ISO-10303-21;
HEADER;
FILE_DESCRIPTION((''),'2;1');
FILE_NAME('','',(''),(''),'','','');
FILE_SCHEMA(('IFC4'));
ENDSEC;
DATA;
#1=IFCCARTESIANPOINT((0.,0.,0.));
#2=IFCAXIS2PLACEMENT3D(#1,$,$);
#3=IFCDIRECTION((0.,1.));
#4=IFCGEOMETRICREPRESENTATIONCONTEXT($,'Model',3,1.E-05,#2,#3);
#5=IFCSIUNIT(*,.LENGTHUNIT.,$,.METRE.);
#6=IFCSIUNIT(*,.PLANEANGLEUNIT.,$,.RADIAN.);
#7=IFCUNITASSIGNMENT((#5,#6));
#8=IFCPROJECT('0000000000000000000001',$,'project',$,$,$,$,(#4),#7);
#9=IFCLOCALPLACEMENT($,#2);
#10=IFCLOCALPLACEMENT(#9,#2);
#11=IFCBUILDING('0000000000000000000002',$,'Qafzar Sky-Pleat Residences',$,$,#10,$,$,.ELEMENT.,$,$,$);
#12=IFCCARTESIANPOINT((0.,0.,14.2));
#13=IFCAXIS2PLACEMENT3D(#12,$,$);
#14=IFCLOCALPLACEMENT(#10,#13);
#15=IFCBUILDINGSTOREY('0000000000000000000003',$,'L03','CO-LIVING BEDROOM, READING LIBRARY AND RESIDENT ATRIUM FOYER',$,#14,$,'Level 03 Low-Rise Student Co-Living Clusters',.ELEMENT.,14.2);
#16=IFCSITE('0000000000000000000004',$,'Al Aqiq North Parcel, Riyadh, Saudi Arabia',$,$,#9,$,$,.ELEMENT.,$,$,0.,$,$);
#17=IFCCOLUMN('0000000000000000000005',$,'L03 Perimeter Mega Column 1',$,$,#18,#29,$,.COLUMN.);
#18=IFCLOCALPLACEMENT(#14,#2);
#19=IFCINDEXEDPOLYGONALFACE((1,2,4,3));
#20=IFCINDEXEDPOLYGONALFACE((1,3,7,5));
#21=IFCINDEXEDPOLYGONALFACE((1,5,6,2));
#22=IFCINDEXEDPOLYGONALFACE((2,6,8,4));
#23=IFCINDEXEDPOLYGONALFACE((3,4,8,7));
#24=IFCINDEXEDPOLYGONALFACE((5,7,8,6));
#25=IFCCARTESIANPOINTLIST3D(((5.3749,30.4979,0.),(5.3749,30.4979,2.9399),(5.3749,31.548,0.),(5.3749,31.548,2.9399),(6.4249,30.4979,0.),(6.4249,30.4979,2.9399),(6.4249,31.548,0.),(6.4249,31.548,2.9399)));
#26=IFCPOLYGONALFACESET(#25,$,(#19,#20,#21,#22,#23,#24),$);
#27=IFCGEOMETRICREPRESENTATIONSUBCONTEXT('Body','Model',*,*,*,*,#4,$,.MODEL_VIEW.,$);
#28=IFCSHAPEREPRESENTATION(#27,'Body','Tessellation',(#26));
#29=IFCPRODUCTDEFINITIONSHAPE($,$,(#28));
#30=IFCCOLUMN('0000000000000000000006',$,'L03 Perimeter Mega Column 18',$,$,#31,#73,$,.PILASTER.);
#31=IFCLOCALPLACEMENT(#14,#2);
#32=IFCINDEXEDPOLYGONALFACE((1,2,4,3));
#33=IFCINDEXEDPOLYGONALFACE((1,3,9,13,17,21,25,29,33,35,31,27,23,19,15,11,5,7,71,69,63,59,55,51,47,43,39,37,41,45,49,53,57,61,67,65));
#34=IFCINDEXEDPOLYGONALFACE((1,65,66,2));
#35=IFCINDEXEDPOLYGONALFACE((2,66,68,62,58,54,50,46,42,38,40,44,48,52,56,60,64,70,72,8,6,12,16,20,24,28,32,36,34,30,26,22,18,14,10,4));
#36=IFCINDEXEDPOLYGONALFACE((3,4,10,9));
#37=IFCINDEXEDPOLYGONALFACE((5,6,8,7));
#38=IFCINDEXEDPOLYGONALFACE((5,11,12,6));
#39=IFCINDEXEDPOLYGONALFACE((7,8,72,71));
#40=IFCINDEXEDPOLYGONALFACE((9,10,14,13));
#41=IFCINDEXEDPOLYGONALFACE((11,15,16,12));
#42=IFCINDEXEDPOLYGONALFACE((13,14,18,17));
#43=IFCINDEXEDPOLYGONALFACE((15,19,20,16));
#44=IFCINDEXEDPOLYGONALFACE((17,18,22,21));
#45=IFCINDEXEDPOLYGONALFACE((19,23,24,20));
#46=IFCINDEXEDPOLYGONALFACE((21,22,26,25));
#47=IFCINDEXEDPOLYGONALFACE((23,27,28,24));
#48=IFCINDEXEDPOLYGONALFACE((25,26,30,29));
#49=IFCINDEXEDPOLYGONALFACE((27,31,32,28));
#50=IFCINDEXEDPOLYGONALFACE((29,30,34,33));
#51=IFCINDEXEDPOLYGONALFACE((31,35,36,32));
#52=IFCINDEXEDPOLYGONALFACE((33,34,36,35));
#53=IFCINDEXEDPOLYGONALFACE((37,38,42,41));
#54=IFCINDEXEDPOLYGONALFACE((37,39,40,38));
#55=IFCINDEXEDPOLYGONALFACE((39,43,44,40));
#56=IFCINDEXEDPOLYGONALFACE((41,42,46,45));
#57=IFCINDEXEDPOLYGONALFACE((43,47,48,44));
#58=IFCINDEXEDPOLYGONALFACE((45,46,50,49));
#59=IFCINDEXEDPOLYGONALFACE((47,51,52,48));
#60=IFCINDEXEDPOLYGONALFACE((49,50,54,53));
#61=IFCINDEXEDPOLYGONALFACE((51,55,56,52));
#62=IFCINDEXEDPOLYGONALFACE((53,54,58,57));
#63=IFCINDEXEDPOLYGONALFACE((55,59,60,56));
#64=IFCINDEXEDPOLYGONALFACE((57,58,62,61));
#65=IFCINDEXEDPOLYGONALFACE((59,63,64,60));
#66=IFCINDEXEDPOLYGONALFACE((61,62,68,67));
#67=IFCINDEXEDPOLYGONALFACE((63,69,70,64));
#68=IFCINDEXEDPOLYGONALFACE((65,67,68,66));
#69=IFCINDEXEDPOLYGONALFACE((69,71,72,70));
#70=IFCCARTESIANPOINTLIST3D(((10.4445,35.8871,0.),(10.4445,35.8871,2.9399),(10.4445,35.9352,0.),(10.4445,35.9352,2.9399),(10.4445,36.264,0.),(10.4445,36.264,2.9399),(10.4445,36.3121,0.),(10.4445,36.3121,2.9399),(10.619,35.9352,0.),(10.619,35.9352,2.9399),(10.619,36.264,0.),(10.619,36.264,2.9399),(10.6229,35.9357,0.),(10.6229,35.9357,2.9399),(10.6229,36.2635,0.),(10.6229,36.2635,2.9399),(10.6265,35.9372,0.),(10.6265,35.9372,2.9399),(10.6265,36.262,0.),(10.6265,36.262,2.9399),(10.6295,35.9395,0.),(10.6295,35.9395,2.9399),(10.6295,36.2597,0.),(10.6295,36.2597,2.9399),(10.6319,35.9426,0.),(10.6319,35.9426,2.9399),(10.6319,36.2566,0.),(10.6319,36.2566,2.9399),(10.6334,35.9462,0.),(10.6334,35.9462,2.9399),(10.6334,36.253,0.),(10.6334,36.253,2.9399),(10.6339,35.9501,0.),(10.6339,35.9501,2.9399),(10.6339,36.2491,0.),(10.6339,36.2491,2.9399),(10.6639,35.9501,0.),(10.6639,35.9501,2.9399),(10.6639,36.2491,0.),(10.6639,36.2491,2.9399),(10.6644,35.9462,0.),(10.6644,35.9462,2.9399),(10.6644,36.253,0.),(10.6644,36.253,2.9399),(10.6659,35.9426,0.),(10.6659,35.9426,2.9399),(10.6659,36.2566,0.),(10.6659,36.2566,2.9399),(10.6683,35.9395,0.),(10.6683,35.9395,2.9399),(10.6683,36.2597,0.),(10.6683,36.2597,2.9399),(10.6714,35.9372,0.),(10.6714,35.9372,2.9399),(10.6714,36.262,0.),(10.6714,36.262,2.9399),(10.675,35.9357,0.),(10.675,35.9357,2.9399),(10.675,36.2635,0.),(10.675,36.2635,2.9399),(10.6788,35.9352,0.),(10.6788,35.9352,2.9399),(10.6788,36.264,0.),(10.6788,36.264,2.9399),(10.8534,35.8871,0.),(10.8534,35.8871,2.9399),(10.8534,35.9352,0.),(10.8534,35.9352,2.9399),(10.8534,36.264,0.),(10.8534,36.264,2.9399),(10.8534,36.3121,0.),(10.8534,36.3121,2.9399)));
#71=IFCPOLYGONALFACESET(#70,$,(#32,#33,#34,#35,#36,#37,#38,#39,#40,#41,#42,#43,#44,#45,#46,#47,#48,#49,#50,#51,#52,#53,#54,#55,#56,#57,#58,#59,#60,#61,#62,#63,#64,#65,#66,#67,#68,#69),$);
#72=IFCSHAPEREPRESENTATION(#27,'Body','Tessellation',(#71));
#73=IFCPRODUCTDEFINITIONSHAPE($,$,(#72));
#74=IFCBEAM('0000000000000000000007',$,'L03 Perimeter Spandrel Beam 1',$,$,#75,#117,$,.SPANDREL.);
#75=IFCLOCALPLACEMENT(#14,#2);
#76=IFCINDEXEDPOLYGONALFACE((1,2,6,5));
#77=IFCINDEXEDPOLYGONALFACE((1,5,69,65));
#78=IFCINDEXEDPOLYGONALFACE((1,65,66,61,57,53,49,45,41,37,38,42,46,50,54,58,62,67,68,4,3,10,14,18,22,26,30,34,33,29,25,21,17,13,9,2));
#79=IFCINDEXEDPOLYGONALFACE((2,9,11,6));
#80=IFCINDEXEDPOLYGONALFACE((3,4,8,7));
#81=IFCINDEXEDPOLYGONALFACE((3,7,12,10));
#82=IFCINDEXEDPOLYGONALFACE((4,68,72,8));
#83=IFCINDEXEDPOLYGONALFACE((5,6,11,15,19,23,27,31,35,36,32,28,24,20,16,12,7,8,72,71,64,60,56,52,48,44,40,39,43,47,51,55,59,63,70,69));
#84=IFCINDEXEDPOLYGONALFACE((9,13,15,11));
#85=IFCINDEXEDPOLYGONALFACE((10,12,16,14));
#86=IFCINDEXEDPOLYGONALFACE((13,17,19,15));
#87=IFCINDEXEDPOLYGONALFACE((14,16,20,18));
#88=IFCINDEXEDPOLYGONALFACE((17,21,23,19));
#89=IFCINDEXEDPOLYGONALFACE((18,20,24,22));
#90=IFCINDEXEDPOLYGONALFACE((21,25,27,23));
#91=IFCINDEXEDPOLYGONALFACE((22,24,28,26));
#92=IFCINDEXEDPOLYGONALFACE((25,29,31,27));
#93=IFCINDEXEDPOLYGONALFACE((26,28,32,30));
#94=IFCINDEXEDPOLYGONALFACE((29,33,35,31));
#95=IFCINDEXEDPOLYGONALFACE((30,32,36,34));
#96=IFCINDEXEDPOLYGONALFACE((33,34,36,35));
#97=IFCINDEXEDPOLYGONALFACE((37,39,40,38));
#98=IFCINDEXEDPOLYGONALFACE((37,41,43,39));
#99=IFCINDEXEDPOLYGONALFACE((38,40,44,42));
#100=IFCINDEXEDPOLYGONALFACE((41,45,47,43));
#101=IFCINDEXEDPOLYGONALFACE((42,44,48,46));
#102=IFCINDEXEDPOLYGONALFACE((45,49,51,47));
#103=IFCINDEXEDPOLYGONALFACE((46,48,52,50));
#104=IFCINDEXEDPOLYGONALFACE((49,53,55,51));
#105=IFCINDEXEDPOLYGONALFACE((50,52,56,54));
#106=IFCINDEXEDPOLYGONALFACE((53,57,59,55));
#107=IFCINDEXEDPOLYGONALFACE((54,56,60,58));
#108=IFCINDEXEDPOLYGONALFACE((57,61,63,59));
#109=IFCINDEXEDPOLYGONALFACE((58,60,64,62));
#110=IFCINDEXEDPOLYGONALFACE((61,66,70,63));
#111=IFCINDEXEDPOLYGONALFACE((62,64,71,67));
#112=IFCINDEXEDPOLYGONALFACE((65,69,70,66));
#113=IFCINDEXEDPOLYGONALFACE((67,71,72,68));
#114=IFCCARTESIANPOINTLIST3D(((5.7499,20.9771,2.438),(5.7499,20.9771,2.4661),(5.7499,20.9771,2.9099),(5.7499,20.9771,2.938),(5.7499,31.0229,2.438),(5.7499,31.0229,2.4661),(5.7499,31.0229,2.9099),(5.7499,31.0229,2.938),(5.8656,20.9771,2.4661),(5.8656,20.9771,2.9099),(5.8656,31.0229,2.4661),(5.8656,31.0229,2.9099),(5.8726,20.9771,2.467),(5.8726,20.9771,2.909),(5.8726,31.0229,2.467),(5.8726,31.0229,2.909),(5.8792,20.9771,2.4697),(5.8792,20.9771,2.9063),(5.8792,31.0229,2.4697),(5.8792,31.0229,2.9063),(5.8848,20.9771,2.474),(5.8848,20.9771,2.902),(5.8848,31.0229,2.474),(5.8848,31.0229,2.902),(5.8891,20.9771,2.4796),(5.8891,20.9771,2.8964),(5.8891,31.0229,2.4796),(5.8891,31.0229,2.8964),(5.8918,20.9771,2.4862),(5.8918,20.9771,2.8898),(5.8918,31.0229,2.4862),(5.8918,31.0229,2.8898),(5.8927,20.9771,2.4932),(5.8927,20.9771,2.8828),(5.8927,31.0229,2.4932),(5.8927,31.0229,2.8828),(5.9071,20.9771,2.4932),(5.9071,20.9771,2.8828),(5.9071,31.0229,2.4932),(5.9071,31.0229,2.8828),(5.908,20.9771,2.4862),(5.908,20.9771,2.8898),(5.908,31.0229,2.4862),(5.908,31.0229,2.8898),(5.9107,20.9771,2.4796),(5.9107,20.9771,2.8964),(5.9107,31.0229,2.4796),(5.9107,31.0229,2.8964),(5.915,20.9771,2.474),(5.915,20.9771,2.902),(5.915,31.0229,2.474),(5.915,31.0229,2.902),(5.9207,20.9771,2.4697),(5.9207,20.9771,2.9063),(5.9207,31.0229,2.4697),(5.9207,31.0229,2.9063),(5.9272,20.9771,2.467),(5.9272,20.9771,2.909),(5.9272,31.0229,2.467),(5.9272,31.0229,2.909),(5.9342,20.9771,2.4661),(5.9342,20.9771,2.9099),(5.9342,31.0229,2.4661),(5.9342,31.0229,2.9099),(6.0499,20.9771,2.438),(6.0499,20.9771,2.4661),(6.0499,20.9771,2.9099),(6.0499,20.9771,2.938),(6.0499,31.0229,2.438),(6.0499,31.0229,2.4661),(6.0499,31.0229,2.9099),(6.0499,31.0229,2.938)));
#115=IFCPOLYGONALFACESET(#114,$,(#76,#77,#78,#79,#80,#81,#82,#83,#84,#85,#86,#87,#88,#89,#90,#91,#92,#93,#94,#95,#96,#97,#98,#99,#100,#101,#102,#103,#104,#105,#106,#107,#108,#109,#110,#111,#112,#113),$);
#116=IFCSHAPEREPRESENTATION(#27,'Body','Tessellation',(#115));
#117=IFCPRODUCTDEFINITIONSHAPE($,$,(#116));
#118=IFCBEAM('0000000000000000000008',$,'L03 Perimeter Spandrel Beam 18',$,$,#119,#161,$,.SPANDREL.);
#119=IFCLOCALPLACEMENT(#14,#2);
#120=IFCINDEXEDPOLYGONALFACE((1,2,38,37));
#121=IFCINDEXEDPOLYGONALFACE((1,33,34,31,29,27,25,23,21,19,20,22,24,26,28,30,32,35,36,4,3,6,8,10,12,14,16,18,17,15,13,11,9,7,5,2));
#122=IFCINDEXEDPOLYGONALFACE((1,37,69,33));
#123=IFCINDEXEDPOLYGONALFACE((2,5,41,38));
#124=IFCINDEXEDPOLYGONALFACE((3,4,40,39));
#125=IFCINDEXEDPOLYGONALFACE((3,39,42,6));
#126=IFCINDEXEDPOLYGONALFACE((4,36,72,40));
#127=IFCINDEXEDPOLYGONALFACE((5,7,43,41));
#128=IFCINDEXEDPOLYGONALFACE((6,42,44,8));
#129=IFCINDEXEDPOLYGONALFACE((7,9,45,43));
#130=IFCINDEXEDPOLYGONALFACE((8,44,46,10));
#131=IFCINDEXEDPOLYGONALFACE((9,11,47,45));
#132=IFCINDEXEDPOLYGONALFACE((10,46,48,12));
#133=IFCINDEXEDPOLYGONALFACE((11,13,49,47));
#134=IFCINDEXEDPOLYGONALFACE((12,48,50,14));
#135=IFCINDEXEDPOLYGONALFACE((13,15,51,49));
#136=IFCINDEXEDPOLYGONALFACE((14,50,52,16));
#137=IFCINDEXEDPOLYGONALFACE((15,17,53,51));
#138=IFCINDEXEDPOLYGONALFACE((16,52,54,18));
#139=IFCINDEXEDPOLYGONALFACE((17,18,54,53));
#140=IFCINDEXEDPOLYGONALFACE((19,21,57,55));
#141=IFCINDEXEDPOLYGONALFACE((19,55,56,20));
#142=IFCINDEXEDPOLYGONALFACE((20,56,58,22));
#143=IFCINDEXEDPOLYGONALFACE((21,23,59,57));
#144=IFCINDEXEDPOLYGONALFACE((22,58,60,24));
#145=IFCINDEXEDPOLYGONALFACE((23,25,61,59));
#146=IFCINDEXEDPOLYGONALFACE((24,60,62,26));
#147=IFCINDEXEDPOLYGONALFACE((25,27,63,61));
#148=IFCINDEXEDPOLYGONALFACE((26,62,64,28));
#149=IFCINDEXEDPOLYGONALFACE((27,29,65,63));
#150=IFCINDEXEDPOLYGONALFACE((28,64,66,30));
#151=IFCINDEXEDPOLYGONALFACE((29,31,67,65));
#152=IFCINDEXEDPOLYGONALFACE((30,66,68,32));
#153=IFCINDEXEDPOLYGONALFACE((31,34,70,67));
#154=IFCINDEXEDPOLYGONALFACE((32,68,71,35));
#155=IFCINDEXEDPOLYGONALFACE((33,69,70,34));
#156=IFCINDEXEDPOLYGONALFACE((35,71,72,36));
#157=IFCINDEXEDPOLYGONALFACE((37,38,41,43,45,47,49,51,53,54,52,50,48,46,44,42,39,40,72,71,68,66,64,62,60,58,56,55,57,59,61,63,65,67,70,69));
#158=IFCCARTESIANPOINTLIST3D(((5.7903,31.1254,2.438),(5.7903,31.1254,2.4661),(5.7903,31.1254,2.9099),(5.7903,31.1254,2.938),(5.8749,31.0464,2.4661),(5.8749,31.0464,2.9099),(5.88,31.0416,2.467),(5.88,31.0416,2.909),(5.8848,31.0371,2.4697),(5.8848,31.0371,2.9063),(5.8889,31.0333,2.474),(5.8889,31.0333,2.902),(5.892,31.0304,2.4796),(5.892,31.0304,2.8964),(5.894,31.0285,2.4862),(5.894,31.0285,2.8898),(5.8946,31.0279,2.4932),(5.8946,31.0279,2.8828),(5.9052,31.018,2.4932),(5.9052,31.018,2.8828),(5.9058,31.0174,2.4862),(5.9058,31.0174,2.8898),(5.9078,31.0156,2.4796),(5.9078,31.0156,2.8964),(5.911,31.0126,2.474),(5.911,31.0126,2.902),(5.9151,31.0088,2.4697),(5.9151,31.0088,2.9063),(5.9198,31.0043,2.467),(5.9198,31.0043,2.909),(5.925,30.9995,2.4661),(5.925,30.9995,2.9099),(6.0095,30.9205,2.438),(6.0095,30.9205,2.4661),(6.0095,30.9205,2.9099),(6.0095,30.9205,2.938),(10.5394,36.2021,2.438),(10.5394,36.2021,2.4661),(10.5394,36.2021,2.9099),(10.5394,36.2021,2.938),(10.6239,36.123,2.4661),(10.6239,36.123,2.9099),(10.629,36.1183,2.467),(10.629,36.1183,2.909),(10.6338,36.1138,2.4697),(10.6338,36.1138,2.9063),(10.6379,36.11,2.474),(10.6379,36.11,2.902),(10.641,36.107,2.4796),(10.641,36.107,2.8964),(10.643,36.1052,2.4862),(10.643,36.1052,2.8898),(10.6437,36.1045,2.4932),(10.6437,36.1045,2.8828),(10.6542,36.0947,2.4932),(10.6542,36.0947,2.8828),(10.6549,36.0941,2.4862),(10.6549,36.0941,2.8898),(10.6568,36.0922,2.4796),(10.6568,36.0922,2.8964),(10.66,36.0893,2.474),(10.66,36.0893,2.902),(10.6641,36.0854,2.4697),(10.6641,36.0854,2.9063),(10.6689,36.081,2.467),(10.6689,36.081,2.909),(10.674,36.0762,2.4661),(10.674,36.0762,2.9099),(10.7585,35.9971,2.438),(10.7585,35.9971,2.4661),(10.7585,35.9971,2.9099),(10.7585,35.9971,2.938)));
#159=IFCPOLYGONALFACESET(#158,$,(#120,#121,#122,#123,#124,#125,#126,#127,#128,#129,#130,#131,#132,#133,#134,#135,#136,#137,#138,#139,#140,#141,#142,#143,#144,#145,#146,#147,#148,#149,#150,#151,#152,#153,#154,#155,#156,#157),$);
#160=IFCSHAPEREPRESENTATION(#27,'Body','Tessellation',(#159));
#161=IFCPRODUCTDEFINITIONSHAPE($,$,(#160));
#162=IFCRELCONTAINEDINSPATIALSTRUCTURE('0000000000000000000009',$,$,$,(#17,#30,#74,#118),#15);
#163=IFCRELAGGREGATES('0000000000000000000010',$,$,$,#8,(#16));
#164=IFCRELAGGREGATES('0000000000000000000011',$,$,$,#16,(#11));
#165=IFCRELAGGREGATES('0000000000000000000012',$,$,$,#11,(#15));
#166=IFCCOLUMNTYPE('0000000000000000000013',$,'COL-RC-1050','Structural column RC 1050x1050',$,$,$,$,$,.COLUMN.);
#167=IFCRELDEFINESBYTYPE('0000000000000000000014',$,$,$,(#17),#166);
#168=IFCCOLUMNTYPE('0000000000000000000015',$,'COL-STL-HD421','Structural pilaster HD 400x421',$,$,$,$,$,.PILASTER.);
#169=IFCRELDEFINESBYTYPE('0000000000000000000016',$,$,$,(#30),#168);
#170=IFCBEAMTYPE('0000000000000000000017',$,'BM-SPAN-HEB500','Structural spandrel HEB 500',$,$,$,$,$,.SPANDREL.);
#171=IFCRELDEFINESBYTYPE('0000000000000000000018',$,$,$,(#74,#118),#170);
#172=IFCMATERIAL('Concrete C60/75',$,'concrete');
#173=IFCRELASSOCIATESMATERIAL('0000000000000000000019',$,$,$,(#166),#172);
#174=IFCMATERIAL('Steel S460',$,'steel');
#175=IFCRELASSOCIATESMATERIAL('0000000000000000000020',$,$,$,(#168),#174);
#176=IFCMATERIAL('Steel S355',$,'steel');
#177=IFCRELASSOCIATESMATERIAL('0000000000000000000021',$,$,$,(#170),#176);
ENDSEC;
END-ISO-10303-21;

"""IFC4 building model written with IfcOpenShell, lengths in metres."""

from ifc_helpers import new_model, si_unit, direction, frame, origin, origin_2d, place, context, subcontext, project, spatial, rectangle, i_section, extrude, source, transform, mapped, material, material_profile, profile_set, type_object, element, save


model = new_model("IFC4")

# Units and contexts
model_context = context("Model", 3, precision=1e-05, world=origin(), true_north=direction((0.0, 1.0)))
body_context = subcontext(model_context, "Body", "Model", "MODEL_VIEW")
ifc_project = project(units=[si_unit("LENGTHUNIT", "METRE"), si_unit("PLANEANGLEUNIT", "RADIAN")], contexts=[model_context])

# Site, building, storey
site_placement = place(None, origin())
site = spatial("IfcSite", under=ifc_project, at=site_placement, Name="Al Aqiq North Parcel, Riyadh, Saudi Arabia", CompositionType="ELEMENT", RefElevation=0.0)
building_placement = place(site_placement, origin())
building = spatial("IfcBuilding", under=site, at=building_placement, Name="Qafzar Sky-Pleat Residences", CompositionType="ELEMENT")
storey_placement = place(building_placement, frame((0.0, 0.0, 14.2)))
storey = spatial("IfcBuildingStorey", under=building, at=storey_placement, Name="L03", Description="CO-LIVING BEDROOM, READING LIBRARY AND RESIDENT ATRIUM FOYER", LongName="Level 03 Low-Rise Student Co-Living Clusters", CompositionType="ELEMENT", Elevation=14.2)

# Columns
ifc_material_1 = material(Name="Concrete C60/75", Category="concrete")
ifc_material_profile_1 = material_profile(ifc_material_1, rectangle(XDim=1.05, YDim=1.05, at=origin_2d()), Name="RC 1050x1050")
ifc_profile_set_1 = profile_set([ifc_material_profile_1], Name="Concrete C60/75")
column_type_1 = type_object("IfcColumnType", Name="COL-RC-1050", Description="Structural column RC 1050x1050", PredefinedType="COLUMN", material=ifc_profile_set_1)
shared_shape_1 = source(origin(), body_context, "Body", "SweptSolid", [
    extrude(rectangle(XDim=1.05, YDim=1.05, at=origin_2d()), origin(), (0.0, 0.0, 1.0), 2.9399),
])
column_1_placement = place(storey_placement, frame((5.8999, 31.0229, 0.0), z_axis=(0.0, 0.0, 1.0), x_axis=(1.0, 0.0, 0.0)))
element("IfcColumn", 1, at=column_1_placement, inside=storey, type_object=column_type_1, Name="L03 Perimeter Mega Column 1", PredefinedType="COLUMN", context=body_context, shape_type="MappedRepresentation", body=[
    mapped(shared_shape_1, transform((0.0, 0.0, 0.0), x_axis=(1.0, 0.0, 0.0), y_axis=(0.0, 1.0, 0.0), z_axis=(0.0, 0.0, 1.0), scale=1.0)),
])
ifc_material_2 = material(Name="Steel S460", Category="steel")
ifc_material_profile_2 = material_profile(ifc_material_2, i_section(OverallWidth=0.4089, OverallDepth=0.425, WebThickness=0.03, FlangeThickness=0.0481, FilletRadius=0.0149, at=origin_2d()), Name="HD 400x421")
ifc_profile_set_2 = profile_set([ifc_material_profile_2], Name="Steel S460")
column_type_2 = type_object("IfcColumnType", Name="COL-STL-HD421", Description="Structural pilaster HD 400x421", PredefinedType="PILASTER", material=ifc_profile_set_2)
shared_shape_2 = source(origin(), body_context, "Body", "SweptSolid", [
    extrude(i_section(OverallWidth=0.4089, OverallDepth=0.425, WebThickness=0.03, FlangeThickness=0.0481, FilletRadius=0.0149, at=origin_2d()), origin(), (0.0, 0.0, 1.0), 2.9399),
])
column_2_placement = place(storey_placement, frame((10.6489, 36.0996, 0.0), z_axis=(0.0, 0.0, 1.0), x_axis=(1.0, 0.0, 0.0)))
element("IfcColumn", 2, at=column_2_placement, inside=storey, type_object=column_type_2, Name="L03 Perimeter Mega Column 18", PredefinedType="PILASTER", context=body_context, shape_type="MappedRepresentation", body=[
    mapped(shared_shape_2, transform((0.0, 0.0, 0.0), x_axis=(1.0, 0.0, 0.0), y_axis=(0.0, 1.0, 0.0), z_axis=(0.0, 0.0, 1.0), scale=1.0)),
])

# Beams
ifc_material_3 = material(Name="Steel S355", Category="steel")
ifc_material_profile_3 = material_profile(ifc_material_3, i_section(OverallWidth=0.3, OverallDepth=0.5, WebThickness=0.0144, FlangeThickness=0.0281, FilletRadius=0.0271, at=origin_2d()), Name="HEB 500")
ifc_profile_set_3 = profile_set([ifc_material_profile_3], Name="Steel S355")
beam_type_1 = type_object("IfcBeamType", Name="BM-SPAN-HEB500", Description="Structural spandrel HEB 500", PredefinedType="SPANDREL", material=ifc_profile_set_3)
shared_shape_3 = source(origin(), body_context, "Body", "SweptSolid", [
    extrude(i_section(OverallWidth=0.3, OverallDepth=0.5, WebThickness=0.0144, FlangeThickness=0.0281, FilletRadius=0.0271, at=origin_2d()), origin(), (0.0, 0.0, 1.0), 10.0459),
])
beam_1_placement = place(storey_placement, frame((5.8999, 31.0229, 2.688), z_axis=(0.0, -1.0, 0.0), x_axis=(1.0, 0.0, 0.0)))
element("IfcBeam", 3, at=beam_1_placement, inside=storey, type_object=beam_type_1, Name="L03 Perimeter Spandrel Beam 1", PredefinedType="SPANDREL", context=body_context, shape_type="MappedRepresentation", body=[
    mapped(shared_shape_3, transform((0.0, 0.0, 0.0), x_axis=(1.0, 0.0, 0.0), y_axis=(0.0, 1.0, 0.0), z_axis=(0.0, 0.0, 1.0), scale=1.0)),
])
shared_shape_4 = source(origin(), body_context, "Body", "SweptSolid", [
    extrude(i_section(OverallWidth=0.3, OverallDepth=0.5, WebThickness=0.0144, FlangeThickness=0.0281, FilletRadius=0.0271, at=origin_2d()), origin(), (0.0, 0.0, 1.0), 6.9517),
])
beam_2_placement = place(storey_placement, frame((10.6489, 36.0996, 2.688), z_axis=(-0.683149, -0.730279, 0.0), x_axis=(0.730279, -0.683149, 0.0)))
element("IfcBeam", 4, at=beam_2_placement, inside=storey, type_object=beam_type_1, Name="L03 Perimeter Spandrel Beam 18", PredefinedType="SPANDREL", context=body_context, shape_type="MappedRepresentation", body=[
    mapped(shared_shape_4, transform((0.0, 0.0, 0.0), x_axis=(1.0, 0.0, 0.0), y_axis=(0.0, 1.0, 0.0), z_axis=(0.0, 0.0, 1.0), scale=1.0)),
])

save(model, "model.ifc")
